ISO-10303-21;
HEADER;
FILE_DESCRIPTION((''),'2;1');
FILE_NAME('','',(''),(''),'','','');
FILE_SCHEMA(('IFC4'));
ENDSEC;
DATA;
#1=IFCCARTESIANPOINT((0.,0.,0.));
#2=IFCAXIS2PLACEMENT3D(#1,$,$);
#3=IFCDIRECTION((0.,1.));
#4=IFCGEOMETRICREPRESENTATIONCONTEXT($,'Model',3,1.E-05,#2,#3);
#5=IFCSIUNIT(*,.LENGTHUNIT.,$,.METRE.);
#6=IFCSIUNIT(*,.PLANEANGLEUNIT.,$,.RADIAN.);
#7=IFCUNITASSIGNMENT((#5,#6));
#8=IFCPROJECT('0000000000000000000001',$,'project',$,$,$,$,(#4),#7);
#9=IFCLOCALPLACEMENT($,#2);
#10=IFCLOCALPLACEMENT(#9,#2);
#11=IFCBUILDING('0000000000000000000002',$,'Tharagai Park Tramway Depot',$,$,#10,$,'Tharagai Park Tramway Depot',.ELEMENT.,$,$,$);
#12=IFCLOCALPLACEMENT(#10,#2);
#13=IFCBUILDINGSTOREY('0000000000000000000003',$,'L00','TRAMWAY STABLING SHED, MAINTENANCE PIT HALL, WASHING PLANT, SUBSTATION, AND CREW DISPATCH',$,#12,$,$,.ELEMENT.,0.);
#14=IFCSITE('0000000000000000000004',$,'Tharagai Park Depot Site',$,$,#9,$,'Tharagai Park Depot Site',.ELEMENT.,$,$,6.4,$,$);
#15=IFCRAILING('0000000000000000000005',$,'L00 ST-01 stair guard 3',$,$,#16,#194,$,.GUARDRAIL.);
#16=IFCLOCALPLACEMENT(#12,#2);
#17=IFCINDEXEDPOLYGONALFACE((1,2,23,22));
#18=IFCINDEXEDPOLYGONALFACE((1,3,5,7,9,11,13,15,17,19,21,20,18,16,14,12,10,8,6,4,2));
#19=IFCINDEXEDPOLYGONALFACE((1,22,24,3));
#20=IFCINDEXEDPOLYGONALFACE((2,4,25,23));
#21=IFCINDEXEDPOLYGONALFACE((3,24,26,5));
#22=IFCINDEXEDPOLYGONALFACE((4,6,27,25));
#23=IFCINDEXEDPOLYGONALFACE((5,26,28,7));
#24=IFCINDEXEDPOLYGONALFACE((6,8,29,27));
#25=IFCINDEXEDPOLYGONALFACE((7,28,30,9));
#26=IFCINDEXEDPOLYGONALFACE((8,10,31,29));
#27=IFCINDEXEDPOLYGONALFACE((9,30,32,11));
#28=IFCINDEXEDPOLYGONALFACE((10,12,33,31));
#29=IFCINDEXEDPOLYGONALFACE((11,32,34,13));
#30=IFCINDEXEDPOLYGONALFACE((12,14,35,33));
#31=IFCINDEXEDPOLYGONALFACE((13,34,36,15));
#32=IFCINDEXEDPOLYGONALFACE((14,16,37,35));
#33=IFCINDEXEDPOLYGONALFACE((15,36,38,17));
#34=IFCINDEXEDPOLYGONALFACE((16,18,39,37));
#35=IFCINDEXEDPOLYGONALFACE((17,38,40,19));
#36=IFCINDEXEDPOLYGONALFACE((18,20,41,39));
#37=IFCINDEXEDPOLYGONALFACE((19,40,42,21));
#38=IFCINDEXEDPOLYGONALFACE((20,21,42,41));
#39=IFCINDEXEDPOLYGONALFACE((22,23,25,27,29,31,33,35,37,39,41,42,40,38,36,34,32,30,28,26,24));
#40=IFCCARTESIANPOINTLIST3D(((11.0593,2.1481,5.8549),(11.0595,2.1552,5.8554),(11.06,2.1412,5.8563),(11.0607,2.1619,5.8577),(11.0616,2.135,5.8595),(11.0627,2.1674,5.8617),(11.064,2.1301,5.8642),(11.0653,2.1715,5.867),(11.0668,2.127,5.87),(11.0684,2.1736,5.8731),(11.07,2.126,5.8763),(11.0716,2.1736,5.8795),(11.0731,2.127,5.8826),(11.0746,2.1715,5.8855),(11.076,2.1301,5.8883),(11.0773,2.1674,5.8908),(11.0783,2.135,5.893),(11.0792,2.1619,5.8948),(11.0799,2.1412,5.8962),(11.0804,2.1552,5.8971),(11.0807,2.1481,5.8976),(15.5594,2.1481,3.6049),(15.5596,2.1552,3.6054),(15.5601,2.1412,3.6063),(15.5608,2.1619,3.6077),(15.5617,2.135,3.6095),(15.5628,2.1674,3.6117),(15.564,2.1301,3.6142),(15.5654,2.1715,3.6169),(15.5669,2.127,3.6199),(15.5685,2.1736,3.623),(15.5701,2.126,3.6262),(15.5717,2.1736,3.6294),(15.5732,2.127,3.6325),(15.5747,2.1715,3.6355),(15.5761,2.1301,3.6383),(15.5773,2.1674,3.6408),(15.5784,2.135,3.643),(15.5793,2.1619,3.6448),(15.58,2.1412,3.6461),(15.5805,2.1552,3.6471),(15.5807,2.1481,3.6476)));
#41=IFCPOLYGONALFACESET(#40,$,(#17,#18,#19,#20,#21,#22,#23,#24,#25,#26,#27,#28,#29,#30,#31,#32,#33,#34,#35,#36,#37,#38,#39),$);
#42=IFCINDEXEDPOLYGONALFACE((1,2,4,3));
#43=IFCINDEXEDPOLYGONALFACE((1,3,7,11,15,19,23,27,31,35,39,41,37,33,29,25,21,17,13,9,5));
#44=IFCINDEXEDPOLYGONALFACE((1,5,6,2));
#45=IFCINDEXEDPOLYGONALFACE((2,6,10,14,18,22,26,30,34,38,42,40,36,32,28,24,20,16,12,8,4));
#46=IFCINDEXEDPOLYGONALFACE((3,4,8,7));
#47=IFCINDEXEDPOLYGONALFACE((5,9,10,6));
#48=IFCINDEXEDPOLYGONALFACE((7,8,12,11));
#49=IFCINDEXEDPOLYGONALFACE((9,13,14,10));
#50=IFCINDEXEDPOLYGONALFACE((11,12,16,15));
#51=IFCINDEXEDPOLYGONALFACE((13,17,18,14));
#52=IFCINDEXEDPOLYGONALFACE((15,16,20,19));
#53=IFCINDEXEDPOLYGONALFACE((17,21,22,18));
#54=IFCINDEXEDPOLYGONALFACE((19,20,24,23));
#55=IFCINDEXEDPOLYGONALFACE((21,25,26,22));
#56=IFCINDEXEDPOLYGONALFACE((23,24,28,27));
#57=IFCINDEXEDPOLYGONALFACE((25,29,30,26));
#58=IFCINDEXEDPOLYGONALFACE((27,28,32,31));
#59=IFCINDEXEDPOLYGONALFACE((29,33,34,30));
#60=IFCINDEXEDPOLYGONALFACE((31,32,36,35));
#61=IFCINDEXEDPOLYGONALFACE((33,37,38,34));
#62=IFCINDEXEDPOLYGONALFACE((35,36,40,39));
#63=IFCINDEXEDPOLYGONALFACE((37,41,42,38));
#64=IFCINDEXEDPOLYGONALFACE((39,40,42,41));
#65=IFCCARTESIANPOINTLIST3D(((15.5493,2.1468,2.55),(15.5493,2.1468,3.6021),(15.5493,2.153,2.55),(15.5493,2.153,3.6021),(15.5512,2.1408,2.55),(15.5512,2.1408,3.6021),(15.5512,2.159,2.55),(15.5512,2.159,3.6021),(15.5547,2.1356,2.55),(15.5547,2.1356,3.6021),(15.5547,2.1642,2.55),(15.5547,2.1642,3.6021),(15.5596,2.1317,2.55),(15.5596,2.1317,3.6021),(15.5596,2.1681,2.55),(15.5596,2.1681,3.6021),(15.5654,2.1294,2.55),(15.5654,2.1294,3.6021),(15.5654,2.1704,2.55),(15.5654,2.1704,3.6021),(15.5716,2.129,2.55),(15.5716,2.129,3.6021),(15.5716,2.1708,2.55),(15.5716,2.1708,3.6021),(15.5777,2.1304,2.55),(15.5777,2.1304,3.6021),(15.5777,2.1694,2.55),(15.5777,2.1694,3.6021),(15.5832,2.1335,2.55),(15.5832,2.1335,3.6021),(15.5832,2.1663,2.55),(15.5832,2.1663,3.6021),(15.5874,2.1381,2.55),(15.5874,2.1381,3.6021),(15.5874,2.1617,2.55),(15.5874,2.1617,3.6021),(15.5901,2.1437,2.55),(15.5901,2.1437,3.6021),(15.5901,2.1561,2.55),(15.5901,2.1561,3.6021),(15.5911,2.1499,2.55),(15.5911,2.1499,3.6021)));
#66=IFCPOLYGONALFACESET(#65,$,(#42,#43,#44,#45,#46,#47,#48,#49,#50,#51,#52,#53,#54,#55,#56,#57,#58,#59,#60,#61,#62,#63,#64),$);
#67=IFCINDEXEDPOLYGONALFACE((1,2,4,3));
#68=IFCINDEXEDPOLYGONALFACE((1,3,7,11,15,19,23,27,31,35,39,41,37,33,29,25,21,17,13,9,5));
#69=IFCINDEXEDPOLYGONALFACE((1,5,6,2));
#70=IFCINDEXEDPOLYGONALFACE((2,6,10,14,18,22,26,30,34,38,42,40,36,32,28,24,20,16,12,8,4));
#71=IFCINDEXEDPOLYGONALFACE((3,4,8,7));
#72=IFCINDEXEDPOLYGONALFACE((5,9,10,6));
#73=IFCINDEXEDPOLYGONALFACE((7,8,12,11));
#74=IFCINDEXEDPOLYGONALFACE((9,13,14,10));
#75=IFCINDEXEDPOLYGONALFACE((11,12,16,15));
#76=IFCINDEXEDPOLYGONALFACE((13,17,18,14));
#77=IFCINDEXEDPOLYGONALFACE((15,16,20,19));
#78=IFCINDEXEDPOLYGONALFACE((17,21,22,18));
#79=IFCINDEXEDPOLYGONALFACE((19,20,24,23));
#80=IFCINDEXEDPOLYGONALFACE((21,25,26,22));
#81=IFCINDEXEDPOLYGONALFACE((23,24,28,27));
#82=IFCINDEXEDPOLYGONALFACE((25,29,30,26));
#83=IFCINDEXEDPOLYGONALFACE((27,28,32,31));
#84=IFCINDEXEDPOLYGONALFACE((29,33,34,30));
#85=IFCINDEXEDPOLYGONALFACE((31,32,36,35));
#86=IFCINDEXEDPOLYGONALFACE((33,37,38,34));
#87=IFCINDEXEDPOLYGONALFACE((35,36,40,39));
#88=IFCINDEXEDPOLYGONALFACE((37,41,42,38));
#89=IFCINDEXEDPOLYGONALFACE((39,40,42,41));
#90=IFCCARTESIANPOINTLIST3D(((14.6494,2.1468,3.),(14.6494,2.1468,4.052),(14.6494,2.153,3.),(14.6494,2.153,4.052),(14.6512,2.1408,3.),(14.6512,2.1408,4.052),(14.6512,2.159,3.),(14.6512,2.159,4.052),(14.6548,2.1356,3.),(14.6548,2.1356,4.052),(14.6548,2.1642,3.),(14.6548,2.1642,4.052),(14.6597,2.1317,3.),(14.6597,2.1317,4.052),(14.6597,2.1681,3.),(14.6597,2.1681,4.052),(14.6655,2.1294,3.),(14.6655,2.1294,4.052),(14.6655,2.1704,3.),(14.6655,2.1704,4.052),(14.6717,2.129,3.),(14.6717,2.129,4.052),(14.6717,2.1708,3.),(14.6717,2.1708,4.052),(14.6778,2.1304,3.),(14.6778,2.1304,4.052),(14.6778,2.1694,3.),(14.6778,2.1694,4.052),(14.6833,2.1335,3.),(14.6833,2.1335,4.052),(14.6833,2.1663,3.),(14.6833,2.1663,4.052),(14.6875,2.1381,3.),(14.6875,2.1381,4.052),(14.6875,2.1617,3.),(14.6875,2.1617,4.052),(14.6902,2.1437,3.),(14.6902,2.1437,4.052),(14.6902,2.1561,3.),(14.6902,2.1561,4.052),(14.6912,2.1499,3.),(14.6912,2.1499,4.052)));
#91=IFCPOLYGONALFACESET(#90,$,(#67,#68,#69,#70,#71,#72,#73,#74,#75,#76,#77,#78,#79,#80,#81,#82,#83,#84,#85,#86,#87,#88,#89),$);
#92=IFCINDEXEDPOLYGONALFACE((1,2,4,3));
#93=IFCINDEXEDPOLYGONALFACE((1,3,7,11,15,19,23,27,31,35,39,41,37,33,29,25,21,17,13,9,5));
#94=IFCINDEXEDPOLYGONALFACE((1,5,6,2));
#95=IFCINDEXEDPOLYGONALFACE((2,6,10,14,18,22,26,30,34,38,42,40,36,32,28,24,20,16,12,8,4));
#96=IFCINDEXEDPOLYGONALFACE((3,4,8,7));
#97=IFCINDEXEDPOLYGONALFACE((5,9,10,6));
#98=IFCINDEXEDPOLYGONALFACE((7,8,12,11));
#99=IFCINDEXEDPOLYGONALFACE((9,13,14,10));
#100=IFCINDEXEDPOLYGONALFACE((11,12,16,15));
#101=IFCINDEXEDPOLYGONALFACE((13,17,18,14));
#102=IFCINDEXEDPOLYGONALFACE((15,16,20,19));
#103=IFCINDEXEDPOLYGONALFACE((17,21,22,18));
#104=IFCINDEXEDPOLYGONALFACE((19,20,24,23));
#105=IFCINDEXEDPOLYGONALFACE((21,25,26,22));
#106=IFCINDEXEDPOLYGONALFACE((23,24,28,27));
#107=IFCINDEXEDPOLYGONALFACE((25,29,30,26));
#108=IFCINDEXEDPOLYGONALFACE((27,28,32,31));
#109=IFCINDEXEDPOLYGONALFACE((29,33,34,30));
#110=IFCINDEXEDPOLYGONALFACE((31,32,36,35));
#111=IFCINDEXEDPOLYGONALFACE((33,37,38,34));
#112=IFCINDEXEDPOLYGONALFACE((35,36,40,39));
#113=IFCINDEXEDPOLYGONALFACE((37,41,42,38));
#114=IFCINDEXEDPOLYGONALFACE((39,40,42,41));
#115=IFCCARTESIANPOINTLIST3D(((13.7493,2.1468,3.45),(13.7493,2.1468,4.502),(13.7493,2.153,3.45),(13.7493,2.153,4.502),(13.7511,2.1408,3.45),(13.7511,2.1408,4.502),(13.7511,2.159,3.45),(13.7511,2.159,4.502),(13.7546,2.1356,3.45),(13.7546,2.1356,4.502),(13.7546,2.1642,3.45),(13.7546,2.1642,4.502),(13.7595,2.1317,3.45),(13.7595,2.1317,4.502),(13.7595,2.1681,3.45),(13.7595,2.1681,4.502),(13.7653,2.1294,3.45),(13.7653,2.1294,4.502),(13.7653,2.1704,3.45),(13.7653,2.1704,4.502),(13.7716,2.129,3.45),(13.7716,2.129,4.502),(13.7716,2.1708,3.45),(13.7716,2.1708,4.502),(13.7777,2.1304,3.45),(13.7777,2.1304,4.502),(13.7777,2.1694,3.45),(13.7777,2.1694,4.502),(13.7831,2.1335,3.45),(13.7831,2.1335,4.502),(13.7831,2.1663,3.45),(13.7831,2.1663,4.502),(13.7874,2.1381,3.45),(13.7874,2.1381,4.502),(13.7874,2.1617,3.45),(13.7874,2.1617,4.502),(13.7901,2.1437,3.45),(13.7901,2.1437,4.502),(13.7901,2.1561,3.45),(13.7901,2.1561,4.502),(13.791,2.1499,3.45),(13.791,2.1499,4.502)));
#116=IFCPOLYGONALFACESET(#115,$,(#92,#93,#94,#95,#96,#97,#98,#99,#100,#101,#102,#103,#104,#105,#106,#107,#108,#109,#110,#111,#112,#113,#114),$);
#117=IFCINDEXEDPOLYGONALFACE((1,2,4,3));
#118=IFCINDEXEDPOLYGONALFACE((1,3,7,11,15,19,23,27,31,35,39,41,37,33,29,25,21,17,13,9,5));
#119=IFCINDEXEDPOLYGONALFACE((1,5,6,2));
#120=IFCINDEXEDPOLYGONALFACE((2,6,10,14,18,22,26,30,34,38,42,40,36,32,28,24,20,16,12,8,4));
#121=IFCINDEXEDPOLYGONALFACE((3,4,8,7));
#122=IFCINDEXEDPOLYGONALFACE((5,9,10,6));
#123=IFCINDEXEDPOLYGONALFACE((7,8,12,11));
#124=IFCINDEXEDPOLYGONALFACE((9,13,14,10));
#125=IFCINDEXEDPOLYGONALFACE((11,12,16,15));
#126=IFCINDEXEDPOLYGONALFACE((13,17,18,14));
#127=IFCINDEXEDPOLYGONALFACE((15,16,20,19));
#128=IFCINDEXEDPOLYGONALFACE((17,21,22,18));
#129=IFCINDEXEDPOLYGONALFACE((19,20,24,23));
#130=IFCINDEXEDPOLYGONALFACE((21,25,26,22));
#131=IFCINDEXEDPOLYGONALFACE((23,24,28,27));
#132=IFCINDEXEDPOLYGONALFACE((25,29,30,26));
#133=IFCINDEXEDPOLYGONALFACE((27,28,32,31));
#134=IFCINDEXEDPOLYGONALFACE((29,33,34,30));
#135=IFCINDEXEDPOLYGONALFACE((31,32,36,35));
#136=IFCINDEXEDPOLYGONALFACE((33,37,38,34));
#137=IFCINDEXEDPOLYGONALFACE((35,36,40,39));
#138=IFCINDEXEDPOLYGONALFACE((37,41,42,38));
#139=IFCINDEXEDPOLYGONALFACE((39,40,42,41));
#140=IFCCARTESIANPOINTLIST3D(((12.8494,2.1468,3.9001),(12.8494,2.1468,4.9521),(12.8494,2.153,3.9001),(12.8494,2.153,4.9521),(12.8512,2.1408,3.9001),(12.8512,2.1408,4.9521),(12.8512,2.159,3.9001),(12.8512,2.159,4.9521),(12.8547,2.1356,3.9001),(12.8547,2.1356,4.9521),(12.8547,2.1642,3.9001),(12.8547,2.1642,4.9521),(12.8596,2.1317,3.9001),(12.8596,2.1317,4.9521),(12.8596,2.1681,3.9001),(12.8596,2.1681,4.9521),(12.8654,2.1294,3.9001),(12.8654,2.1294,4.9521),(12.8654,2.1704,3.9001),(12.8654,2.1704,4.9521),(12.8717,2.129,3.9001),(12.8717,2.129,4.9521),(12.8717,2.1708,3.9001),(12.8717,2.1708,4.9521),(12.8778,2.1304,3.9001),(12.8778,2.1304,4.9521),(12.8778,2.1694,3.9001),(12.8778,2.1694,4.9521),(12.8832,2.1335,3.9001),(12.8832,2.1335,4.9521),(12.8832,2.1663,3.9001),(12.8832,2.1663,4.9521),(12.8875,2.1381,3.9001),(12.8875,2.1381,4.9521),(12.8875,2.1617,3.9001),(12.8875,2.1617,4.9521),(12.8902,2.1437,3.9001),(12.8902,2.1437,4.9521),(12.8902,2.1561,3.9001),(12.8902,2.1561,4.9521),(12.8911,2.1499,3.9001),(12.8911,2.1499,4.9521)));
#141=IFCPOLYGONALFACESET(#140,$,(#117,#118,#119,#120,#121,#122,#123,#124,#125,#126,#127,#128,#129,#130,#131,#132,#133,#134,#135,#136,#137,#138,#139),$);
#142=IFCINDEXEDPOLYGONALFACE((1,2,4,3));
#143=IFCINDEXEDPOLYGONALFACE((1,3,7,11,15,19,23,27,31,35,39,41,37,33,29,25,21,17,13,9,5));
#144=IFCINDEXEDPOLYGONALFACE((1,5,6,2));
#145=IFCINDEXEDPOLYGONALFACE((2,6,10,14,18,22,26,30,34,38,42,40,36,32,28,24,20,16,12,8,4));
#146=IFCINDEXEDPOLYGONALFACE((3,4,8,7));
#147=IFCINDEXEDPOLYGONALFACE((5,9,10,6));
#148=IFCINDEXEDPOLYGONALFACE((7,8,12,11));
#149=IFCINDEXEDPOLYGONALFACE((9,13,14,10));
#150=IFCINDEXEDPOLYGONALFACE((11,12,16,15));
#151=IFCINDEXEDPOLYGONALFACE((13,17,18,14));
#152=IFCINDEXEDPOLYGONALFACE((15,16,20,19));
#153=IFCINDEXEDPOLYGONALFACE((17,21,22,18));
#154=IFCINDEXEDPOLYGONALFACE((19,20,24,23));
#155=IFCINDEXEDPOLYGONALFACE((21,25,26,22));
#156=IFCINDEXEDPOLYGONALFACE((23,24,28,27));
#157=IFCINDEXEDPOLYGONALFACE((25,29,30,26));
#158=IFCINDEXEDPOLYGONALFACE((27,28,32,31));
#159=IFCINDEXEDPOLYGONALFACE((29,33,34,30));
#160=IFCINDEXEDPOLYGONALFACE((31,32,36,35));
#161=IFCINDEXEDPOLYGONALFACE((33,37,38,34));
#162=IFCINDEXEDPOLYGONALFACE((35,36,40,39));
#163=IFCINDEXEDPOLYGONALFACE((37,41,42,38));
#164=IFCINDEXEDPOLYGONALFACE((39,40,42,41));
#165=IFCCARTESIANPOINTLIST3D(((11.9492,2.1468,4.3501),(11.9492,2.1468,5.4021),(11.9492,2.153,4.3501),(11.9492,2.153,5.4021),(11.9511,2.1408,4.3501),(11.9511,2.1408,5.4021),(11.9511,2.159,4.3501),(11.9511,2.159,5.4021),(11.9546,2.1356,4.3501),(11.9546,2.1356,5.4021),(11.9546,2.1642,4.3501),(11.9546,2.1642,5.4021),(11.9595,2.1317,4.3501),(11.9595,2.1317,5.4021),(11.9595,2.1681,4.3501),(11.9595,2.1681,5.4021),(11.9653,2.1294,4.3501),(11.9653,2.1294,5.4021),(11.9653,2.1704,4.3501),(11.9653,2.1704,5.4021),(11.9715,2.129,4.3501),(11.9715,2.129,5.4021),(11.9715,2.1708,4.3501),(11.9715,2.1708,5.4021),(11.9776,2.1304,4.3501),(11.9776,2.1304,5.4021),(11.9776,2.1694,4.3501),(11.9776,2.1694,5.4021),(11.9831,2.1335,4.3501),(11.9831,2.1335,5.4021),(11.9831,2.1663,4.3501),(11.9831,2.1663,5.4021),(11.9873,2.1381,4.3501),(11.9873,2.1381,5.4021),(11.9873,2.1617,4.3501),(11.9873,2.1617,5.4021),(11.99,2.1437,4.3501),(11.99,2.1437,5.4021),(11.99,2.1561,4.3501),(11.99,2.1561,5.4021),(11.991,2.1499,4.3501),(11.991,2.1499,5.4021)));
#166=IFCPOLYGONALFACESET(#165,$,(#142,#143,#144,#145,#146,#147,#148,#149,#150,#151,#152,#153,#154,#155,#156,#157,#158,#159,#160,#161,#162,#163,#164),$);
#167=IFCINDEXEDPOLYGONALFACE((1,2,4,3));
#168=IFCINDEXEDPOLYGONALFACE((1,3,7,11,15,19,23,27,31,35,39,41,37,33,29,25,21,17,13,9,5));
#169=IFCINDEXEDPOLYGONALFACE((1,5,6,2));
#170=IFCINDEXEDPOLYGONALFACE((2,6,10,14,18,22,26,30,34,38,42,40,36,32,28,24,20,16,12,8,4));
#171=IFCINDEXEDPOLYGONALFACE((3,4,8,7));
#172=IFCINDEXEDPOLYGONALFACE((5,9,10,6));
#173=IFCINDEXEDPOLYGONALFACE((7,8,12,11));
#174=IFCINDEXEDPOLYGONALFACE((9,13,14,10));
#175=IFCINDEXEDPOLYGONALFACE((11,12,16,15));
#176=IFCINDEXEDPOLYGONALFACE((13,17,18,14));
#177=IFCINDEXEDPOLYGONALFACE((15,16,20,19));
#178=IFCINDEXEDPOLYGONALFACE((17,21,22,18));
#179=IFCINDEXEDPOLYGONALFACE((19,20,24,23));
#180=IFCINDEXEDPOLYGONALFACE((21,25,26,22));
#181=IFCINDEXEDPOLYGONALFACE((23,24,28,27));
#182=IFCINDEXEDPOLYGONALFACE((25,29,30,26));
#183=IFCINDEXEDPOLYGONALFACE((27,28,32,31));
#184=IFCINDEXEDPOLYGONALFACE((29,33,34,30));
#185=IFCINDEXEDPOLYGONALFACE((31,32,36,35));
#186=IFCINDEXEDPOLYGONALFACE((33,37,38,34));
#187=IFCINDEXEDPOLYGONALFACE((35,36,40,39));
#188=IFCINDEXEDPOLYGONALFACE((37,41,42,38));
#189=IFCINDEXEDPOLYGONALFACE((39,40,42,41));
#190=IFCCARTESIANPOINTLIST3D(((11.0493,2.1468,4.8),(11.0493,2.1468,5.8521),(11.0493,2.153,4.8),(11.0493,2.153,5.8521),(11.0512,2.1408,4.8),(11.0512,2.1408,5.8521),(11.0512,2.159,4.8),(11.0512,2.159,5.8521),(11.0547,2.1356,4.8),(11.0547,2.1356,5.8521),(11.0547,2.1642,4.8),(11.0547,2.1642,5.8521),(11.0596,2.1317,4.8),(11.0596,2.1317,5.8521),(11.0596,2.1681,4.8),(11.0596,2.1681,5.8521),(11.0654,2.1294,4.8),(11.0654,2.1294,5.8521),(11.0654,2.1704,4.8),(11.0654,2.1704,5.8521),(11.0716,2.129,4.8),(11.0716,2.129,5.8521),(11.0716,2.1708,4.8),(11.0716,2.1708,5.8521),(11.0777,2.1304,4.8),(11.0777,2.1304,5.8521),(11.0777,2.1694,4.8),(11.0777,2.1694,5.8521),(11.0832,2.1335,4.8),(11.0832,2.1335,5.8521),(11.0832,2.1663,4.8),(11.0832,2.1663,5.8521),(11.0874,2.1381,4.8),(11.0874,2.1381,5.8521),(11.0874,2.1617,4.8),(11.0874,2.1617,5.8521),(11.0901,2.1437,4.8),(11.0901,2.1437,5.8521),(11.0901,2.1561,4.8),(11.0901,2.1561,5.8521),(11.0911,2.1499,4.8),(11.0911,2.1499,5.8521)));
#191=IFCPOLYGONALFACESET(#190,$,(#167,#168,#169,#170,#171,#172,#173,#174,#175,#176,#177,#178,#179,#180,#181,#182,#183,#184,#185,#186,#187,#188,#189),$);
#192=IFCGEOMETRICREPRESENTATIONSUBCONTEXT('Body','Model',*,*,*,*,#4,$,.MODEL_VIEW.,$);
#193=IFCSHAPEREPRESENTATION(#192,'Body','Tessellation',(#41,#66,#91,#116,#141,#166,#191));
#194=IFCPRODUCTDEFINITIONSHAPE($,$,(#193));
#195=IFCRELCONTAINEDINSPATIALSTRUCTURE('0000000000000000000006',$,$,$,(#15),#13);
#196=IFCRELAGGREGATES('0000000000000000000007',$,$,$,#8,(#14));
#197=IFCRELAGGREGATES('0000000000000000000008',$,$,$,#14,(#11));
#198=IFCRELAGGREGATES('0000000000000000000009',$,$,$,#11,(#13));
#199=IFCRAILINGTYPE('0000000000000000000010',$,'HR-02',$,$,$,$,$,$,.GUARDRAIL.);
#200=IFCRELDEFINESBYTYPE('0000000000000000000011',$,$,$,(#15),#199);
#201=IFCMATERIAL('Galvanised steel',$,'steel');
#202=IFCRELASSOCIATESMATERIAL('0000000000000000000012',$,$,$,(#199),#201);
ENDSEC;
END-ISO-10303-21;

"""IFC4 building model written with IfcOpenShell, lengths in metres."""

from ifc_helpers import new_model, si_unit, direction, frame, origin, origin_2d, place, context, subcontext, project, spatial, circle, extrude, material, type_object, element, save


model = new_model("IFC4")

# Units and contexts
model_context = context("Model", 3, precision=1e-05, world=origin(), true_north=direction((0.0, 1.0)))
body_context = subcontext(model_context, "Body", "Model", "MODEL_VIEW")
ifc_project = project(units=[si_unit("LENGTHUNIT", "METRE"), si_unit("PLANEANGLEUNIT", "RADIAN")], contexts=[model_context])

# Site, building, storey
site_placement = place(None, origin())
site = spatial("IfcSite", under=ifc_project, at=site_placement, Name="Tharagai Park Depot Site", LongName="Tharagai Park Depot Site", CompositionType="ELEMENT", RefElevation=6.4)
building_placement = place(site_placement, origin())
building = spatial("IfcBuilding", under=site, at=building_placement, Name="Tharagai Park Tramway Depot", LongName="Tharagai Park Tramway Depot", CompositionType="ELEMENT")
storey_placement = place(building_placement, origin())
storey = spatial("IfcBuildingStorey", under=building, at=storey_placement, Name="L00", Description="TRAMWAY STABLING SHED, MAINTENANCE PIT HALL, WASHING PLANT, SUBSTATION, AND CREW DISPATCH", CompositionType="ELEMENT", Elevation=0.0)

# Railing
ifc_material_1 = material(Name="Galvanised steel", Category="steel")
railing_type_1 = type_object("IfcRailingType", Name="HR-02", PredefinedType="GUARDRAIL", material=ifc_material_1)
railing_1_placement = place(storey_placement, frame((15.5701, 2.1499, 2.55)))
element("IfcRailing", 1, at=railing_1_placement, inside=storey, type_object=railing_type_1, Name="L00 ST-01 stair guard 3", PredefinedType="GUARDRAIL", context=body_context, shape_type="SweptSolid", body=[
    extrude(circle(Radius=0.0239, at=origin_2d()), frame((0.0, 0.0, 1.0762), z_axis=(-0.894427, 0.0, 0.447214), x_axis=(0.0, -1.0, 0.0)), (0.0, 0.0, 1.0), 5.0312),
    extrude(circle(Radius=0.021, at=origin_2d()), origin(), (0.0, 0.0, 1.0), 1.052),
    extrude(circle(Radius=0.021, at=origin_2d()), frame((-0.8999, 0.0, 0.45)), (0.0, 0.0, 1.0), 1.052),
    extrude(circle(Radius=0.021, at=origin_2d()), frame((-1.8, 0.0, 0.8999)), (0.0, 0.0, 1.0), 1.052),
    extrude(circle(Radius=0.021, at=origin_2d()), frame((-2.7, 0.0, 1.3501)), (0.0, 0.0, 1.0), 1.052),
    extrude(circle(Radius=0.021, at=origin_2d()), frame((-3.6001, 0.0, 1.8)), (0.0, 0.0, 1.0), 1.052),
    extrude(circle(Radius=0.021, at=origin_2d()), frame((-4.5, 0.0, 2.25)), (0.0, 0.0, 1.0), 1.052),
])

save(model, "model.ifc")
